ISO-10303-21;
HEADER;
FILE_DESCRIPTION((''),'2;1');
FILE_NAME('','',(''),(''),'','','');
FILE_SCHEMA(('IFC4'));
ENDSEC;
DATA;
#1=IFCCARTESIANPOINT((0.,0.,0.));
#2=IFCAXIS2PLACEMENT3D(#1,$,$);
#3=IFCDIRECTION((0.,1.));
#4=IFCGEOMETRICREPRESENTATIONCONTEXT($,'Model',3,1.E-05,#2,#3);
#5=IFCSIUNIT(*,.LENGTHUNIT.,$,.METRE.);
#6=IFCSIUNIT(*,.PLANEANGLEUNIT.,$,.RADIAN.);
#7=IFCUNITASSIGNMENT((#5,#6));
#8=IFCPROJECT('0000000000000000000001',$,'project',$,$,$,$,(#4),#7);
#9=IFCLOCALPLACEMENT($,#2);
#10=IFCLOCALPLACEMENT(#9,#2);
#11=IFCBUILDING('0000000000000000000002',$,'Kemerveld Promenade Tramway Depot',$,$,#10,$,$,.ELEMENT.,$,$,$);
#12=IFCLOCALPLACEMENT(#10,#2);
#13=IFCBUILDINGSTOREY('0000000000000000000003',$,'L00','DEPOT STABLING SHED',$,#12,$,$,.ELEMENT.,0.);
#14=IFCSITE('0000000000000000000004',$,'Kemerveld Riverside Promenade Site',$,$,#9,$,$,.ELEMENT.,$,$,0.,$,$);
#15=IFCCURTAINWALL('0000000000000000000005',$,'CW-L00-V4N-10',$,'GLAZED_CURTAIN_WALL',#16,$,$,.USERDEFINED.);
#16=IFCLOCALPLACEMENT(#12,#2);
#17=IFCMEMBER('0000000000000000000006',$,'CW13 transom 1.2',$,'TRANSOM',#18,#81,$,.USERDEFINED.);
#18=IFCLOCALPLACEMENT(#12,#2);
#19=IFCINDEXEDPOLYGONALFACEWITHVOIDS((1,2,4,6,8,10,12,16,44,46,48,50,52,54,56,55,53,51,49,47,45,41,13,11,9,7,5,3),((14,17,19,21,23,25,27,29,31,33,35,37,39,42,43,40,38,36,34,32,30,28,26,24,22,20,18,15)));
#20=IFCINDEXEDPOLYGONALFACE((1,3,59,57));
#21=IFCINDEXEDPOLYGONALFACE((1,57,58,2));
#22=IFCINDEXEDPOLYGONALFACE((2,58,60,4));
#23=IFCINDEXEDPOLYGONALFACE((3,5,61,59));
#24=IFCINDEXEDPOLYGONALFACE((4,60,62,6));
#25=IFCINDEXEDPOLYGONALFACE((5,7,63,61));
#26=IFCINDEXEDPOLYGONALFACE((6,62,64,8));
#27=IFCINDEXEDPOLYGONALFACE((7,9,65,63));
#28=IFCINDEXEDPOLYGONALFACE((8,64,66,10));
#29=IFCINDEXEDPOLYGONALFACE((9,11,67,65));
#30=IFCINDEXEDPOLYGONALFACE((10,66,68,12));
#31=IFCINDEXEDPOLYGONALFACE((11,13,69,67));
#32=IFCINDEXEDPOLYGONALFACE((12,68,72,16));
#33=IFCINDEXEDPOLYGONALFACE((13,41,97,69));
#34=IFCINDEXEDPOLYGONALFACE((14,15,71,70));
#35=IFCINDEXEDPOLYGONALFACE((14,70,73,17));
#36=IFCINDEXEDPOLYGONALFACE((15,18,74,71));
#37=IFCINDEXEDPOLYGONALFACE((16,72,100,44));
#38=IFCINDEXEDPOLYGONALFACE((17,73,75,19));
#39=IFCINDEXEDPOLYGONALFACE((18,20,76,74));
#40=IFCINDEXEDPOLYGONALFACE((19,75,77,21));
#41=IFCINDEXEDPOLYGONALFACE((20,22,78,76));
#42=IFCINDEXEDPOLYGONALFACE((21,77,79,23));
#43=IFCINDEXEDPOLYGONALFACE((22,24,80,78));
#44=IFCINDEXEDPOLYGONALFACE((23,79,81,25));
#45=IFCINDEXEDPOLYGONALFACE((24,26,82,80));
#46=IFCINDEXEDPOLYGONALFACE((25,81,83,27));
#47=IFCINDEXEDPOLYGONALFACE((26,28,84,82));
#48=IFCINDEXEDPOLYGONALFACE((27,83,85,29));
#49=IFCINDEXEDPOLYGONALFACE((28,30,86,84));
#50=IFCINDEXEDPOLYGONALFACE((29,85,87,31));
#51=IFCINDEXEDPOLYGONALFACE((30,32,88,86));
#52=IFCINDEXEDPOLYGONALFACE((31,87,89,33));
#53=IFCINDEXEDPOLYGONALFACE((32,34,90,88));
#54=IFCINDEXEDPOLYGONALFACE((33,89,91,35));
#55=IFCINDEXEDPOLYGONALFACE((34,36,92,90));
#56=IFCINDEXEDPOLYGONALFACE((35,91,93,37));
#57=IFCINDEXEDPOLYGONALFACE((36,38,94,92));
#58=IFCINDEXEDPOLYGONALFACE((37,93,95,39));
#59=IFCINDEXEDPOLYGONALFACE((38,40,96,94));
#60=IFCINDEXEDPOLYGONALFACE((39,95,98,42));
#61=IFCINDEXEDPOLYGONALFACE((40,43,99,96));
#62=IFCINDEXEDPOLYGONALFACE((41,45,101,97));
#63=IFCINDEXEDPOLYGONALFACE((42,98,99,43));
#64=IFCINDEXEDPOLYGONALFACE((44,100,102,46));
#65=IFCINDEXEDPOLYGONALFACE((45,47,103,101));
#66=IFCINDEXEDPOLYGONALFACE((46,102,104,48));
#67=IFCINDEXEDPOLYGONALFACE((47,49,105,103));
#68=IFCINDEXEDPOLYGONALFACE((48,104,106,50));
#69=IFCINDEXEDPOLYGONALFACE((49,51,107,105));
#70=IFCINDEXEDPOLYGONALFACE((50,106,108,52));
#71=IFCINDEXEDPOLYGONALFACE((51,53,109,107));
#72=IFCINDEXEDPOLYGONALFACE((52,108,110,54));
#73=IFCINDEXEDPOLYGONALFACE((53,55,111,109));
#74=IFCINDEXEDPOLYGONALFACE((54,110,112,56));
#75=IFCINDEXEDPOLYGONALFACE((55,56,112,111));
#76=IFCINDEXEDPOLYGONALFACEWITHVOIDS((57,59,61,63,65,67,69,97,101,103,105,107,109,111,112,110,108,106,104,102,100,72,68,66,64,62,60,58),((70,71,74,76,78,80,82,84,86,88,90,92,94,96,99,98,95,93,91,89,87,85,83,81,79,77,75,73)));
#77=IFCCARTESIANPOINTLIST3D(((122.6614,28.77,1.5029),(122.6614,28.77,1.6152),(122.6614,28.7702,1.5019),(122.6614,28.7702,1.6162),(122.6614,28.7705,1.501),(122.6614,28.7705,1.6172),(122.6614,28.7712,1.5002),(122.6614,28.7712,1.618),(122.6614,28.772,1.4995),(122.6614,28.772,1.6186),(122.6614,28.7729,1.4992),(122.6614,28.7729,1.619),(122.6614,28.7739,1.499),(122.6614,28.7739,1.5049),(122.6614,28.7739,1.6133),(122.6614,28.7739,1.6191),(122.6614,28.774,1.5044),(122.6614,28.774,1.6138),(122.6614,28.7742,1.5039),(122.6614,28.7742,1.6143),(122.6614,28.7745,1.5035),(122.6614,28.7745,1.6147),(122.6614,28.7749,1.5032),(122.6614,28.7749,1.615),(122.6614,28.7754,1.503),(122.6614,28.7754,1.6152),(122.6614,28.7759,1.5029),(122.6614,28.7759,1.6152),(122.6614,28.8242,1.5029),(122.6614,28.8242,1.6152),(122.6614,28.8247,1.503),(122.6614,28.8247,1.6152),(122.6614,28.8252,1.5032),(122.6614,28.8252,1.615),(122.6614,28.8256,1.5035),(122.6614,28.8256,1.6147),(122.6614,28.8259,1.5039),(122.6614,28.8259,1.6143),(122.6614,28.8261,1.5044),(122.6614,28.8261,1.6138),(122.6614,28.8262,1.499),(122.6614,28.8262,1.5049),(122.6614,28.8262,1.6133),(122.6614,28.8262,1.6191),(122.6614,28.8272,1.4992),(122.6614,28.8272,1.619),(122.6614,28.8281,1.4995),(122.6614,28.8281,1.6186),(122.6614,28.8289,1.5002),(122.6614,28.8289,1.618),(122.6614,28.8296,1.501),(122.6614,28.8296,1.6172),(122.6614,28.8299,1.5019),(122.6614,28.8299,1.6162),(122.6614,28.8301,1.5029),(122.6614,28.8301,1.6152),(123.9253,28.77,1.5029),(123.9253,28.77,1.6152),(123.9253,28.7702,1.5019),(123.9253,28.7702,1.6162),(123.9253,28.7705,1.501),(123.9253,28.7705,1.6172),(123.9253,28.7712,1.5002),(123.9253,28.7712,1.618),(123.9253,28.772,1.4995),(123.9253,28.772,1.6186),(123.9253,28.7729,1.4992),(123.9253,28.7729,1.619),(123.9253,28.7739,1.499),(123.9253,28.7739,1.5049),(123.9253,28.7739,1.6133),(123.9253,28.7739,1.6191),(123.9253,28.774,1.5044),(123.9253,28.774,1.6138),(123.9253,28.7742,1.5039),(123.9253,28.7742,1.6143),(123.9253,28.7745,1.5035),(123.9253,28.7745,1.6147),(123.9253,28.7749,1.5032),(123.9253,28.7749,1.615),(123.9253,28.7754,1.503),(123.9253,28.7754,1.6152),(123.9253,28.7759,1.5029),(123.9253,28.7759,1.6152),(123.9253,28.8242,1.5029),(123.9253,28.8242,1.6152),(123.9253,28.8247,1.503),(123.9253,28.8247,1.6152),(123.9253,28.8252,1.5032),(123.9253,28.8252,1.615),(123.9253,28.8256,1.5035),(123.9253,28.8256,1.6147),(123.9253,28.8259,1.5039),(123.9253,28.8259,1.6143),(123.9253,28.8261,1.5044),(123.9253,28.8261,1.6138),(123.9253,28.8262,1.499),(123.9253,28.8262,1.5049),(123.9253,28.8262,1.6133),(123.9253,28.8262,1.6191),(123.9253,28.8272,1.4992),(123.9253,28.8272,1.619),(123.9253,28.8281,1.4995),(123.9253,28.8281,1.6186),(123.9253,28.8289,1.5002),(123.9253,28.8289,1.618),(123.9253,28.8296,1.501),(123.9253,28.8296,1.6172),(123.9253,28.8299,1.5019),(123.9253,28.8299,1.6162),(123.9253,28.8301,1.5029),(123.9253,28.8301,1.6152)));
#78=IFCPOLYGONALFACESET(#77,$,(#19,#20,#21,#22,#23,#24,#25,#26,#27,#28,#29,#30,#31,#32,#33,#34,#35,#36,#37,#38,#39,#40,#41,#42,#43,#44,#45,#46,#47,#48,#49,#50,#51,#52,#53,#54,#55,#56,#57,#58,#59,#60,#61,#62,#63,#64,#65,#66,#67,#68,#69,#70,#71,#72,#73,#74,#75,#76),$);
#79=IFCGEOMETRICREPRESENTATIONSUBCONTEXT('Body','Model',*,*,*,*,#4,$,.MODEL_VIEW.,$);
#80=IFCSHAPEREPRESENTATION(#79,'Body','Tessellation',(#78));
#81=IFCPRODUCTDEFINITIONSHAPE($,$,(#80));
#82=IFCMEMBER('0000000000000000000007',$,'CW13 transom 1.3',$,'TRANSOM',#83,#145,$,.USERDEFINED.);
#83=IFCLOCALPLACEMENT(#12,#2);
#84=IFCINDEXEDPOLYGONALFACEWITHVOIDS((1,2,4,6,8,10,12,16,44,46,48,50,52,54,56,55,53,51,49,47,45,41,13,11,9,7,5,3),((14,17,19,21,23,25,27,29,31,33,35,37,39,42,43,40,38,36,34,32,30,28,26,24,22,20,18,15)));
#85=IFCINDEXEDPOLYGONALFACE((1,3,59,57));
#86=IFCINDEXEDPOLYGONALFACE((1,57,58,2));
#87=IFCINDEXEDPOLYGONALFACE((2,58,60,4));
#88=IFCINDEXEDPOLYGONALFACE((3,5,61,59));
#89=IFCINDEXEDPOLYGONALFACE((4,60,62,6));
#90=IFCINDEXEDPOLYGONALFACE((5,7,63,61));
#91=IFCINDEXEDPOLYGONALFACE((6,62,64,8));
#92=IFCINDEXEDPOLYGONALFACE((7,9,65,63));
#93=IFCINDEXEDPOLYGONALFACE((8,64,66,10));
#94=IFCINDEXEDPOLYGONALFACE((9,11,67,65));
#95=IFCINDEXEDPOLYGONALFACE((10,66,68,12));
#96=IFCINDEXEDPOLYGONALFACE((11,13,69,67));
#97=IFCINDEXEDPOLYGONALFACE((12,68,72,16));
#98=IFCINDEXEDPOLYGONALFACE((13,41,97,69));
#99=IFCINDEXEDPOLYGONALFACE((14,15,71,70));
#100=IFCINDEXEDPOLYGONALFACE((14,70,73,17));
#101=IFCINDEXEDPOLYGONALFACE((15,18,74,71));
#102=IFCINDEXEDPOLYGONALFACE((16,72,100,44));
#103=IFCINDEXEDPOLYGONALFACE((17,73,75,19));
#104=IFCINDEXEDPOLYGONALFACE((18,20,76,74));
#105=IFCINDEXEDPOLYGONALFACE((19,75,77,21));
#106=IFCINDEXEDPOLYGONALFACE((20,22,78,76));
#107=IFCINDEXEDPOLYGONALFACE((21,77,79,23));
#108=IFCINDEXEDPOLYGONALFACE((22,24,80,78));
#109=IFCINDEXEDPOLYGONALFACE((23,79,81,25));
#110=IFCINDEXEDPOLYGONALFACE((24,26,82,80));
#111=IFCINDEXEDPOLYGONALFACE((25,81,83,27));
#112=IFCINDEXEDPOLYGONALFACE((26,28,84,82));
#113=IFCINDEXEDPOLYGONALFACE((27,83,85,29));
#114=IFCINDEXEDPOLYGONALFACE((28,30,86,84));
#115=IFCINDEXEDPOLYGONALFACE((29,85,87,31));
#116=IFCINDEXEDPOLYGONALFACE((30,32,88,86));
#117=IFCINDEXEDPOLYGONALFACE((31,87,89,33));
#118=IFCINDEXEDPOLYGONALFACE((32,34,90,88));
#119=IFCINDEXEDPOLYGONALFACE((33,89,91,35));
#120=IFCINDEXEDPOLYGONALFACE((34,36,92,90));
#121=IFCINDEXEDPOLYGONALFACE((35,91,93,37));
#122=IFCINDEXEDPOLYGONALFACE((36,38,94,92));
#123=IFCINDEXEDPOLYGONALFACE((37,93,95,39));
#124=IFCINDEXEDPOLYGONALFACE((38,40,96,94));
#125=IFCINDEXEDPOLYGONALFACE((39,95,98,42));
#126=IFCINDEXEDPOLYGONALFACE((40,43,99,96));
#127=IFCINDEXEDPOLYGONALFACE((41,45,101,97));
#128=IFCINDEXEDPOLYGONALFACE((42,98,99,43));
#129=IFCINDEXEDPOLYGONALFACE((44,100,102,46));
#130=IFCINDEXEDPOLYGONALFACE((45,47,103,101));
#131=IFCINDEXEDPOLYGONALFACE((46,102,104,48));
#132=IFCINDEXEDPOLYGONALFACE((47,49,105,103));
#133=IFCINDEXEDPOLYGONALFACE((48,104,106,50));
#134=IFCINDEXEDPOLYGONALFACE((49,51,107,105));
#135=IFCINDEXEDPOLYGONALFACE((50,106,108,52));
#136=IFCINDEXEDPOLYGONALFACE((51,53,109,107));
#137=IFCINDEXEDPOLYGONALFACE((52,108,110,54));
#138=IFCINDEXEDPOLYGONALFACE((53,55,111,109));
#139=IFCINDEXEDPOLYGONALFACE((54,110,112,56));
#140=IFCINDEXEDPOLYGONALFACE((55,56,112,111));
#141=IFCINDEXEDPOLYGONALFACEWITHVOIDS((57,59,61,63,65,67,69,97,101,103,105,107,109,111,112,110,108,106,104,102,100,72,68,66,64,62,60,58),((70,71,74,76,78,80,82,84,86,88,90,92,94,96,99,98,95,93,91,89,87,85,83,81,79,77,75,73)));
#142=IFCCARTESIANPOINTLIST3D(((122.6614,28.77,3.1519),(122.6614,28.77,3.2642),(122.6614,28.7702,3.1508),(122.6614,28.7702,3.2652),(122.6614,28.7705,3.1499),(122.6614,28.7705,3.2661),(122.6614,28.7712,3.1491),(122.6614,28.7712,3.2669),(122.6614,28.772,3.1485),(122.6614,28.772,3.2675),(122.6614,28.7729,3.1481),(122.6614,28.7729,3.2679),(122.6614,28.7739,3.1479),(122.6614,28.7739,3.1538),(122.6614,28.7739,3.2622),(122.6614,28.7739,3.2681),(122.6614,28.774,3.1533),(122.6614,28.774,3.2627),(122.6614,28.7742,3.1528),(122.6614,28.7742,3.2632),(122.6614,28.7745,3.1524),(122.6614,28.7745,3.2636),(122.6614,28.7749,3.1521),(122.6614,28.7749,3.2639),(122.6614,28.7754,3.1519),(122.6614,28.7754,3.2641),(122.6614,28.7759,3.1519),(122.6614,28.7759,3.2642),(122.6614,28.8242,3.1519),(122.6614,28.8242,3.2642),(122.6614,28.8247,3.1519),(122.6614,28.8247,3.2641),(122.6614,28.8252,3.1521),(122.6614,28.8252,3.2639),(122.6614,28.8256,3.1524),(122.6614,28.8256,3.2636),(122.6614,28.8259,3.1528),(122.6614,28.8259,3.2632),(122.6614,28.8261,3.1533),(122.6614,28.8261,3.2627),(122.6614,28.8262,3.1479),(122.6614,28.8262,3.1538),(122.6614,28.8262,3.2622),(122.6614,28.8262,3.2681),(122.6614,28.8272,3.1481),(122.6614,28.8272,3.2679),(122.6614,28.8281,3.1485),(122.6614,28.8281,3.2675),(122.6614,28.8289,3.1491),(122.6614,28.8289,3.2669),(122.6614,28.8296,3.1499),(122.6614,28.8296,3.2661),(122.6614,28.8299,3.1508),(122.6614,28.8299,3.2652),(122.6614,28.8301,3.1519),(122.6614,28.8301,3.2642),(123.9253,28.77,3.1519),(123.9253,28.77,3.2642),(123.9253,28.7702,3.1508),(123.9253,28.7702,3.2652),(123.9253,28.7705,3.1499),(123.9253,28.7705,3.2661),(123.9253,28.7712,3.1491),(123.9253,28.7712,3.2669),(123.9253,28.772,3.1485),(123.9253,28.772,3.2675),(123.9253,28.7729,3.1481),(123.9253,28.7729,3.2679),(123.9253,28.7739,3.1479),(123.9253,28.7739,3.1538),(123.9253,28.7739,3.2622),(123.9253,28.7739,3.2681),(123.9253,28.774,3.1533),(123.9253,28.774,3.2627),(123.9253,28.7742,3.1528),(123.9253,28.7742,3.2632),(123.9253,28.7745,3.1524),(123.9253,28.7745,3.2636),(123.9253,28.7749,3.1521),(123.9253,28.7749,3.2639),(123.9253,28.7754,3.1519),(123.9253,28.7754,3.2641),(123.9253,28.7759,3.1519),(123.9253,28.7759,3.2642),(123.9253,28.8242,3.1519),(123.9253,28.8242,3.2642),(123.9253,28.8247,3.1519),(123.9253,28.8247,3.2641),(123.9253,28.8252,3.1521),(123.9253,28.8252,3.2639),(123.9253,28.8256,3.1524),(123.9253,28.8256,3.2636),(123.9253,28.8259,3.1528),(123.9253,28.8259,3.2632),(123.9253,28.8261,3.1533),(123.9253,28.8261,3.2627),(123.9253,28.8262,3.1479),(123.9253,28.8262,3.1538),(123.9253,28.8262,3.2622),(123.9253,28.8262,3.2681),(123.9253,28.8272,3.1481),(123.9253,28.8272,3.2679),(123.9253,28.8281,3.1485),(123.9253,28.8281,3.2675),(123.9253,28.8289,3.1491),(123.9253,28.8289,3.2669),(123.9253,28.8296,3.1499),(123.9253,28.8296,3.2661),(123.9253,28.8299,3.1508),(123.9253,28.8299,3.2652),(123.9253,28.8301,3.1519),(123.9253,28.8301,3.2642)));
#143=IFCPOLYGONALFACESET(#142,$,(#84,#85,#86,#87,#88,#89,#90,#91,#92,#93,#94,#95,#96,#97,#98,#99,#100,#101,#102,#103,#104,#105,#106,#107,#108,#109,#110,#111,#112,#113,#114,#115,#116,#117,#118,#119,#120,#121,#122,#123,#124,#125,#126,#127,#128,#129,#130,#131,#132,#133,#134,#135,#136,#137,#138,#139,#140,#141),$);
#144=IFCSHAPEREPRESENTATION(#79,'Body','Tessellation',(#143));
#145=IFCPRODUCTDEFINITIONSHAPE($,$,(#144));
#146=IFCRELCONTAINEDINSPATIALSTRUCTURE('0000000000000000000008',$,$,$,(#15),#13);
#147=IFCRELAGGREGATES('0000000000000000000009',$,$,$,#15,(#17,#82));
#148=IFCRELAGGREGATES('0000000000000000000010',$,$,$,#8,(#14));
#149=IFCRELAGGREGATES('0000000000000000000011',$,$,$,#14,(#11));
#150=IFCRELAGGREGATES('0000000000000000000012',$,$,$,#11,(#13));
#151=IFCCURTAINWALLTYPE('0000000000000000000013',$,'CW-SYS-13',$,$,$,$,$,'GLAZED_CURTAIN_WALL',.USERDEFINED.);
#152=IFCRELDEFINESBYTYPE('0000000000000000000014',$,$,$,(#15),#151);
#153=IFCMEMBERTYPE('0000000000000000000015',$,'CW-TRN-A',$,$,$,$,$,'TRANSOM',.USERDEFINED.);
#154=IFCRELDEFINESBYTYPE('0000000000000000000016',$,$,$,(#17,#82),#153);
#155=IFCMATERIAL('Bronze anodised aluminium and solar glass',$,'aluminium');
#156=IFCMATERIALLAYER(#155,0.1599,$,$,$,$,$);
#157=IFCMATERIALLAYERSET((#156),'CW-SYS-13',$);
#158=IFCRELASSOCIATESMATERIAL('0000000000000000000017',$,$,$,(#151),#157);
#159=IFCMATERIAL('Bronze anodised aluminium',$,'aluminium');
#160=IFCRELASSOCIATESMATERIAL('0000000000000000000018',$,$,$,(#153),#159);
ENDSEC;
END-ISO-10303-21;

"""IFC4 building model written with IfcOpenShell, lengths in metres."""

from ifc_helpers import new_model, si_unit, direction, frame, origin, origin_2d, place, context, subcontext, project, spatial, hollow_rectangle, extrude, material, layer, layer_set, material_profile, profile_set, type_object, element, aggregate, save


model = new_model("IFC4")

# Units and contexts
model_context = context("Model", 3, precision=1e-05, world=origin(), true_north=direction((0.0, 1.0)))
body_context = subcontext(model_context, "Body", "Model", "MODEL_VIEW")
ifc_project = project(units=[si_unit("LENGTHUNIT", "METRE"), si_unit("PLANEANGLEUNIT", "RADIAN")], contexts=[model_context])

# Site, building, storey
site_placement = place(None, origin())
site = spatial("IfcSite", under=ifc_project, at=site_placement, Name="Kemerveld Riverside Promenade Site", CompositionType="ELEMENT", RefElevation=0.0)
building_placement = place(site_placement, origin())
building = spatial("IfcBuilding", under=site, at=building_placement, Name="Kemerveld Promenade Tramway Depot", CompositionType="ELEMENT")
storey_placement = place(building_placement, origin())
storey = spatial("IfcBuildingStorey", under=building, at=storey_placement, Name="L00", Description="DEPOT STABLING SHED", CompositionType="ELEMENT", Elevation=0.0)

# Curtain wall, members
ifc_material_1 = material(Name="Bronze anodised aluminium and solar glass", Category="aluminium")
ifc_layer_1 = layer(ifc_material_1, 0.1599)
ifc_layer_set_1 = layer_set([ifc_layer_1], Name="CW-SYS-13")
curtain_wall_type = type_object("IfcCurtainWallType", Name="CW-SYS-13", ElementType="GLAZED_CURTAIN_WALL", PredefinedType="USERDEFINED", material=ifc_layer_set_1)
curtain_wall_placement = place(storey_placement, origin())
curtain_wall = element("IfcCurtainWall", 1, at=curtain_wall_placement, inside=storey, type_object=curtain_wall_type, Name="CW-L00-V4N-10", ObjectType="GLAZED_CURTAIN_WALL", PredefinedType="USERDEFINED")
ifc_material_2 = material(Name="Bronze anodised aluminium", Category="aluminium")
ifc_material_profile_1 = material_profile(ifc_material_2, hollow_rectangle(XDim=0.0601, YDim=0.1201, WallThickness=0.0039, InnerFilletRadius=0.002, OuterFilletRadius=0.0039, at=origin_2d()), Name="CW-TRN-120x60")
ifc_profile_set_1 = profile_set([ifc_material_profile_1], Name="Bronze anodised aluminium")
member_type_1 = type_object("IfcMemberType", Name="CW-TRN-A", ElementType="TRANSOM", PredefinedType="USERDEFINED", material=ifc_profile_set_1)
member_1_placement = place(storey_placement, frame((122.6614, 28.8, 1.5591), z_axis=(1.0, 0.0, 0.0), x_axis=(0.0, 1.0, 0.0)))
member_1 = element("IfcMember", 2, at=member_1_placement, type_object=member_type_1, Name="CW13 transom 1.2", ObjectType="TRANSOM", PredefinedType="USERDEFINED", context=body_context, shape_type="SweptSolid", body=[
    extrude(hollow_rectangle(XDim=0.0601, YDim=0.1201, WallThickness=0.0039, InnerFilletRadius=0.002, OuterFilletRadius=0.0039, at=origin_2d()), origin(), (0.0, 0.0, 1.0), 1.2639),
])
member_2_placement = place(storey_placement, frame((122.6614, 28.8, 3.208), z_axis=(1.0, 0.0, 0.0), x_axis=(0.0, 1.0, 0.0)))
member_2 = element("IfcMember", 3, at=member_2_placement, type_object=member_type_1, Name="CW13 transom 1.3", ObjectType="TRANSOM", PredefinedType="USERDEFINED", context=body_context, shape_type="SweptSolid", body=[
    extrude(hollow_rectangle(XDim=0.0601, YDim=0.1201, WallThickness=0.0039, InnerFilletRadius=0.002, OuterFilletRadius=0.0039, at=origin_2d()), origin(), (0.0, 0.0, 1.0), 1.2639),
])
aggregate(curtain_wall, [member_1, member_2])

save(model, "model.ifc")
